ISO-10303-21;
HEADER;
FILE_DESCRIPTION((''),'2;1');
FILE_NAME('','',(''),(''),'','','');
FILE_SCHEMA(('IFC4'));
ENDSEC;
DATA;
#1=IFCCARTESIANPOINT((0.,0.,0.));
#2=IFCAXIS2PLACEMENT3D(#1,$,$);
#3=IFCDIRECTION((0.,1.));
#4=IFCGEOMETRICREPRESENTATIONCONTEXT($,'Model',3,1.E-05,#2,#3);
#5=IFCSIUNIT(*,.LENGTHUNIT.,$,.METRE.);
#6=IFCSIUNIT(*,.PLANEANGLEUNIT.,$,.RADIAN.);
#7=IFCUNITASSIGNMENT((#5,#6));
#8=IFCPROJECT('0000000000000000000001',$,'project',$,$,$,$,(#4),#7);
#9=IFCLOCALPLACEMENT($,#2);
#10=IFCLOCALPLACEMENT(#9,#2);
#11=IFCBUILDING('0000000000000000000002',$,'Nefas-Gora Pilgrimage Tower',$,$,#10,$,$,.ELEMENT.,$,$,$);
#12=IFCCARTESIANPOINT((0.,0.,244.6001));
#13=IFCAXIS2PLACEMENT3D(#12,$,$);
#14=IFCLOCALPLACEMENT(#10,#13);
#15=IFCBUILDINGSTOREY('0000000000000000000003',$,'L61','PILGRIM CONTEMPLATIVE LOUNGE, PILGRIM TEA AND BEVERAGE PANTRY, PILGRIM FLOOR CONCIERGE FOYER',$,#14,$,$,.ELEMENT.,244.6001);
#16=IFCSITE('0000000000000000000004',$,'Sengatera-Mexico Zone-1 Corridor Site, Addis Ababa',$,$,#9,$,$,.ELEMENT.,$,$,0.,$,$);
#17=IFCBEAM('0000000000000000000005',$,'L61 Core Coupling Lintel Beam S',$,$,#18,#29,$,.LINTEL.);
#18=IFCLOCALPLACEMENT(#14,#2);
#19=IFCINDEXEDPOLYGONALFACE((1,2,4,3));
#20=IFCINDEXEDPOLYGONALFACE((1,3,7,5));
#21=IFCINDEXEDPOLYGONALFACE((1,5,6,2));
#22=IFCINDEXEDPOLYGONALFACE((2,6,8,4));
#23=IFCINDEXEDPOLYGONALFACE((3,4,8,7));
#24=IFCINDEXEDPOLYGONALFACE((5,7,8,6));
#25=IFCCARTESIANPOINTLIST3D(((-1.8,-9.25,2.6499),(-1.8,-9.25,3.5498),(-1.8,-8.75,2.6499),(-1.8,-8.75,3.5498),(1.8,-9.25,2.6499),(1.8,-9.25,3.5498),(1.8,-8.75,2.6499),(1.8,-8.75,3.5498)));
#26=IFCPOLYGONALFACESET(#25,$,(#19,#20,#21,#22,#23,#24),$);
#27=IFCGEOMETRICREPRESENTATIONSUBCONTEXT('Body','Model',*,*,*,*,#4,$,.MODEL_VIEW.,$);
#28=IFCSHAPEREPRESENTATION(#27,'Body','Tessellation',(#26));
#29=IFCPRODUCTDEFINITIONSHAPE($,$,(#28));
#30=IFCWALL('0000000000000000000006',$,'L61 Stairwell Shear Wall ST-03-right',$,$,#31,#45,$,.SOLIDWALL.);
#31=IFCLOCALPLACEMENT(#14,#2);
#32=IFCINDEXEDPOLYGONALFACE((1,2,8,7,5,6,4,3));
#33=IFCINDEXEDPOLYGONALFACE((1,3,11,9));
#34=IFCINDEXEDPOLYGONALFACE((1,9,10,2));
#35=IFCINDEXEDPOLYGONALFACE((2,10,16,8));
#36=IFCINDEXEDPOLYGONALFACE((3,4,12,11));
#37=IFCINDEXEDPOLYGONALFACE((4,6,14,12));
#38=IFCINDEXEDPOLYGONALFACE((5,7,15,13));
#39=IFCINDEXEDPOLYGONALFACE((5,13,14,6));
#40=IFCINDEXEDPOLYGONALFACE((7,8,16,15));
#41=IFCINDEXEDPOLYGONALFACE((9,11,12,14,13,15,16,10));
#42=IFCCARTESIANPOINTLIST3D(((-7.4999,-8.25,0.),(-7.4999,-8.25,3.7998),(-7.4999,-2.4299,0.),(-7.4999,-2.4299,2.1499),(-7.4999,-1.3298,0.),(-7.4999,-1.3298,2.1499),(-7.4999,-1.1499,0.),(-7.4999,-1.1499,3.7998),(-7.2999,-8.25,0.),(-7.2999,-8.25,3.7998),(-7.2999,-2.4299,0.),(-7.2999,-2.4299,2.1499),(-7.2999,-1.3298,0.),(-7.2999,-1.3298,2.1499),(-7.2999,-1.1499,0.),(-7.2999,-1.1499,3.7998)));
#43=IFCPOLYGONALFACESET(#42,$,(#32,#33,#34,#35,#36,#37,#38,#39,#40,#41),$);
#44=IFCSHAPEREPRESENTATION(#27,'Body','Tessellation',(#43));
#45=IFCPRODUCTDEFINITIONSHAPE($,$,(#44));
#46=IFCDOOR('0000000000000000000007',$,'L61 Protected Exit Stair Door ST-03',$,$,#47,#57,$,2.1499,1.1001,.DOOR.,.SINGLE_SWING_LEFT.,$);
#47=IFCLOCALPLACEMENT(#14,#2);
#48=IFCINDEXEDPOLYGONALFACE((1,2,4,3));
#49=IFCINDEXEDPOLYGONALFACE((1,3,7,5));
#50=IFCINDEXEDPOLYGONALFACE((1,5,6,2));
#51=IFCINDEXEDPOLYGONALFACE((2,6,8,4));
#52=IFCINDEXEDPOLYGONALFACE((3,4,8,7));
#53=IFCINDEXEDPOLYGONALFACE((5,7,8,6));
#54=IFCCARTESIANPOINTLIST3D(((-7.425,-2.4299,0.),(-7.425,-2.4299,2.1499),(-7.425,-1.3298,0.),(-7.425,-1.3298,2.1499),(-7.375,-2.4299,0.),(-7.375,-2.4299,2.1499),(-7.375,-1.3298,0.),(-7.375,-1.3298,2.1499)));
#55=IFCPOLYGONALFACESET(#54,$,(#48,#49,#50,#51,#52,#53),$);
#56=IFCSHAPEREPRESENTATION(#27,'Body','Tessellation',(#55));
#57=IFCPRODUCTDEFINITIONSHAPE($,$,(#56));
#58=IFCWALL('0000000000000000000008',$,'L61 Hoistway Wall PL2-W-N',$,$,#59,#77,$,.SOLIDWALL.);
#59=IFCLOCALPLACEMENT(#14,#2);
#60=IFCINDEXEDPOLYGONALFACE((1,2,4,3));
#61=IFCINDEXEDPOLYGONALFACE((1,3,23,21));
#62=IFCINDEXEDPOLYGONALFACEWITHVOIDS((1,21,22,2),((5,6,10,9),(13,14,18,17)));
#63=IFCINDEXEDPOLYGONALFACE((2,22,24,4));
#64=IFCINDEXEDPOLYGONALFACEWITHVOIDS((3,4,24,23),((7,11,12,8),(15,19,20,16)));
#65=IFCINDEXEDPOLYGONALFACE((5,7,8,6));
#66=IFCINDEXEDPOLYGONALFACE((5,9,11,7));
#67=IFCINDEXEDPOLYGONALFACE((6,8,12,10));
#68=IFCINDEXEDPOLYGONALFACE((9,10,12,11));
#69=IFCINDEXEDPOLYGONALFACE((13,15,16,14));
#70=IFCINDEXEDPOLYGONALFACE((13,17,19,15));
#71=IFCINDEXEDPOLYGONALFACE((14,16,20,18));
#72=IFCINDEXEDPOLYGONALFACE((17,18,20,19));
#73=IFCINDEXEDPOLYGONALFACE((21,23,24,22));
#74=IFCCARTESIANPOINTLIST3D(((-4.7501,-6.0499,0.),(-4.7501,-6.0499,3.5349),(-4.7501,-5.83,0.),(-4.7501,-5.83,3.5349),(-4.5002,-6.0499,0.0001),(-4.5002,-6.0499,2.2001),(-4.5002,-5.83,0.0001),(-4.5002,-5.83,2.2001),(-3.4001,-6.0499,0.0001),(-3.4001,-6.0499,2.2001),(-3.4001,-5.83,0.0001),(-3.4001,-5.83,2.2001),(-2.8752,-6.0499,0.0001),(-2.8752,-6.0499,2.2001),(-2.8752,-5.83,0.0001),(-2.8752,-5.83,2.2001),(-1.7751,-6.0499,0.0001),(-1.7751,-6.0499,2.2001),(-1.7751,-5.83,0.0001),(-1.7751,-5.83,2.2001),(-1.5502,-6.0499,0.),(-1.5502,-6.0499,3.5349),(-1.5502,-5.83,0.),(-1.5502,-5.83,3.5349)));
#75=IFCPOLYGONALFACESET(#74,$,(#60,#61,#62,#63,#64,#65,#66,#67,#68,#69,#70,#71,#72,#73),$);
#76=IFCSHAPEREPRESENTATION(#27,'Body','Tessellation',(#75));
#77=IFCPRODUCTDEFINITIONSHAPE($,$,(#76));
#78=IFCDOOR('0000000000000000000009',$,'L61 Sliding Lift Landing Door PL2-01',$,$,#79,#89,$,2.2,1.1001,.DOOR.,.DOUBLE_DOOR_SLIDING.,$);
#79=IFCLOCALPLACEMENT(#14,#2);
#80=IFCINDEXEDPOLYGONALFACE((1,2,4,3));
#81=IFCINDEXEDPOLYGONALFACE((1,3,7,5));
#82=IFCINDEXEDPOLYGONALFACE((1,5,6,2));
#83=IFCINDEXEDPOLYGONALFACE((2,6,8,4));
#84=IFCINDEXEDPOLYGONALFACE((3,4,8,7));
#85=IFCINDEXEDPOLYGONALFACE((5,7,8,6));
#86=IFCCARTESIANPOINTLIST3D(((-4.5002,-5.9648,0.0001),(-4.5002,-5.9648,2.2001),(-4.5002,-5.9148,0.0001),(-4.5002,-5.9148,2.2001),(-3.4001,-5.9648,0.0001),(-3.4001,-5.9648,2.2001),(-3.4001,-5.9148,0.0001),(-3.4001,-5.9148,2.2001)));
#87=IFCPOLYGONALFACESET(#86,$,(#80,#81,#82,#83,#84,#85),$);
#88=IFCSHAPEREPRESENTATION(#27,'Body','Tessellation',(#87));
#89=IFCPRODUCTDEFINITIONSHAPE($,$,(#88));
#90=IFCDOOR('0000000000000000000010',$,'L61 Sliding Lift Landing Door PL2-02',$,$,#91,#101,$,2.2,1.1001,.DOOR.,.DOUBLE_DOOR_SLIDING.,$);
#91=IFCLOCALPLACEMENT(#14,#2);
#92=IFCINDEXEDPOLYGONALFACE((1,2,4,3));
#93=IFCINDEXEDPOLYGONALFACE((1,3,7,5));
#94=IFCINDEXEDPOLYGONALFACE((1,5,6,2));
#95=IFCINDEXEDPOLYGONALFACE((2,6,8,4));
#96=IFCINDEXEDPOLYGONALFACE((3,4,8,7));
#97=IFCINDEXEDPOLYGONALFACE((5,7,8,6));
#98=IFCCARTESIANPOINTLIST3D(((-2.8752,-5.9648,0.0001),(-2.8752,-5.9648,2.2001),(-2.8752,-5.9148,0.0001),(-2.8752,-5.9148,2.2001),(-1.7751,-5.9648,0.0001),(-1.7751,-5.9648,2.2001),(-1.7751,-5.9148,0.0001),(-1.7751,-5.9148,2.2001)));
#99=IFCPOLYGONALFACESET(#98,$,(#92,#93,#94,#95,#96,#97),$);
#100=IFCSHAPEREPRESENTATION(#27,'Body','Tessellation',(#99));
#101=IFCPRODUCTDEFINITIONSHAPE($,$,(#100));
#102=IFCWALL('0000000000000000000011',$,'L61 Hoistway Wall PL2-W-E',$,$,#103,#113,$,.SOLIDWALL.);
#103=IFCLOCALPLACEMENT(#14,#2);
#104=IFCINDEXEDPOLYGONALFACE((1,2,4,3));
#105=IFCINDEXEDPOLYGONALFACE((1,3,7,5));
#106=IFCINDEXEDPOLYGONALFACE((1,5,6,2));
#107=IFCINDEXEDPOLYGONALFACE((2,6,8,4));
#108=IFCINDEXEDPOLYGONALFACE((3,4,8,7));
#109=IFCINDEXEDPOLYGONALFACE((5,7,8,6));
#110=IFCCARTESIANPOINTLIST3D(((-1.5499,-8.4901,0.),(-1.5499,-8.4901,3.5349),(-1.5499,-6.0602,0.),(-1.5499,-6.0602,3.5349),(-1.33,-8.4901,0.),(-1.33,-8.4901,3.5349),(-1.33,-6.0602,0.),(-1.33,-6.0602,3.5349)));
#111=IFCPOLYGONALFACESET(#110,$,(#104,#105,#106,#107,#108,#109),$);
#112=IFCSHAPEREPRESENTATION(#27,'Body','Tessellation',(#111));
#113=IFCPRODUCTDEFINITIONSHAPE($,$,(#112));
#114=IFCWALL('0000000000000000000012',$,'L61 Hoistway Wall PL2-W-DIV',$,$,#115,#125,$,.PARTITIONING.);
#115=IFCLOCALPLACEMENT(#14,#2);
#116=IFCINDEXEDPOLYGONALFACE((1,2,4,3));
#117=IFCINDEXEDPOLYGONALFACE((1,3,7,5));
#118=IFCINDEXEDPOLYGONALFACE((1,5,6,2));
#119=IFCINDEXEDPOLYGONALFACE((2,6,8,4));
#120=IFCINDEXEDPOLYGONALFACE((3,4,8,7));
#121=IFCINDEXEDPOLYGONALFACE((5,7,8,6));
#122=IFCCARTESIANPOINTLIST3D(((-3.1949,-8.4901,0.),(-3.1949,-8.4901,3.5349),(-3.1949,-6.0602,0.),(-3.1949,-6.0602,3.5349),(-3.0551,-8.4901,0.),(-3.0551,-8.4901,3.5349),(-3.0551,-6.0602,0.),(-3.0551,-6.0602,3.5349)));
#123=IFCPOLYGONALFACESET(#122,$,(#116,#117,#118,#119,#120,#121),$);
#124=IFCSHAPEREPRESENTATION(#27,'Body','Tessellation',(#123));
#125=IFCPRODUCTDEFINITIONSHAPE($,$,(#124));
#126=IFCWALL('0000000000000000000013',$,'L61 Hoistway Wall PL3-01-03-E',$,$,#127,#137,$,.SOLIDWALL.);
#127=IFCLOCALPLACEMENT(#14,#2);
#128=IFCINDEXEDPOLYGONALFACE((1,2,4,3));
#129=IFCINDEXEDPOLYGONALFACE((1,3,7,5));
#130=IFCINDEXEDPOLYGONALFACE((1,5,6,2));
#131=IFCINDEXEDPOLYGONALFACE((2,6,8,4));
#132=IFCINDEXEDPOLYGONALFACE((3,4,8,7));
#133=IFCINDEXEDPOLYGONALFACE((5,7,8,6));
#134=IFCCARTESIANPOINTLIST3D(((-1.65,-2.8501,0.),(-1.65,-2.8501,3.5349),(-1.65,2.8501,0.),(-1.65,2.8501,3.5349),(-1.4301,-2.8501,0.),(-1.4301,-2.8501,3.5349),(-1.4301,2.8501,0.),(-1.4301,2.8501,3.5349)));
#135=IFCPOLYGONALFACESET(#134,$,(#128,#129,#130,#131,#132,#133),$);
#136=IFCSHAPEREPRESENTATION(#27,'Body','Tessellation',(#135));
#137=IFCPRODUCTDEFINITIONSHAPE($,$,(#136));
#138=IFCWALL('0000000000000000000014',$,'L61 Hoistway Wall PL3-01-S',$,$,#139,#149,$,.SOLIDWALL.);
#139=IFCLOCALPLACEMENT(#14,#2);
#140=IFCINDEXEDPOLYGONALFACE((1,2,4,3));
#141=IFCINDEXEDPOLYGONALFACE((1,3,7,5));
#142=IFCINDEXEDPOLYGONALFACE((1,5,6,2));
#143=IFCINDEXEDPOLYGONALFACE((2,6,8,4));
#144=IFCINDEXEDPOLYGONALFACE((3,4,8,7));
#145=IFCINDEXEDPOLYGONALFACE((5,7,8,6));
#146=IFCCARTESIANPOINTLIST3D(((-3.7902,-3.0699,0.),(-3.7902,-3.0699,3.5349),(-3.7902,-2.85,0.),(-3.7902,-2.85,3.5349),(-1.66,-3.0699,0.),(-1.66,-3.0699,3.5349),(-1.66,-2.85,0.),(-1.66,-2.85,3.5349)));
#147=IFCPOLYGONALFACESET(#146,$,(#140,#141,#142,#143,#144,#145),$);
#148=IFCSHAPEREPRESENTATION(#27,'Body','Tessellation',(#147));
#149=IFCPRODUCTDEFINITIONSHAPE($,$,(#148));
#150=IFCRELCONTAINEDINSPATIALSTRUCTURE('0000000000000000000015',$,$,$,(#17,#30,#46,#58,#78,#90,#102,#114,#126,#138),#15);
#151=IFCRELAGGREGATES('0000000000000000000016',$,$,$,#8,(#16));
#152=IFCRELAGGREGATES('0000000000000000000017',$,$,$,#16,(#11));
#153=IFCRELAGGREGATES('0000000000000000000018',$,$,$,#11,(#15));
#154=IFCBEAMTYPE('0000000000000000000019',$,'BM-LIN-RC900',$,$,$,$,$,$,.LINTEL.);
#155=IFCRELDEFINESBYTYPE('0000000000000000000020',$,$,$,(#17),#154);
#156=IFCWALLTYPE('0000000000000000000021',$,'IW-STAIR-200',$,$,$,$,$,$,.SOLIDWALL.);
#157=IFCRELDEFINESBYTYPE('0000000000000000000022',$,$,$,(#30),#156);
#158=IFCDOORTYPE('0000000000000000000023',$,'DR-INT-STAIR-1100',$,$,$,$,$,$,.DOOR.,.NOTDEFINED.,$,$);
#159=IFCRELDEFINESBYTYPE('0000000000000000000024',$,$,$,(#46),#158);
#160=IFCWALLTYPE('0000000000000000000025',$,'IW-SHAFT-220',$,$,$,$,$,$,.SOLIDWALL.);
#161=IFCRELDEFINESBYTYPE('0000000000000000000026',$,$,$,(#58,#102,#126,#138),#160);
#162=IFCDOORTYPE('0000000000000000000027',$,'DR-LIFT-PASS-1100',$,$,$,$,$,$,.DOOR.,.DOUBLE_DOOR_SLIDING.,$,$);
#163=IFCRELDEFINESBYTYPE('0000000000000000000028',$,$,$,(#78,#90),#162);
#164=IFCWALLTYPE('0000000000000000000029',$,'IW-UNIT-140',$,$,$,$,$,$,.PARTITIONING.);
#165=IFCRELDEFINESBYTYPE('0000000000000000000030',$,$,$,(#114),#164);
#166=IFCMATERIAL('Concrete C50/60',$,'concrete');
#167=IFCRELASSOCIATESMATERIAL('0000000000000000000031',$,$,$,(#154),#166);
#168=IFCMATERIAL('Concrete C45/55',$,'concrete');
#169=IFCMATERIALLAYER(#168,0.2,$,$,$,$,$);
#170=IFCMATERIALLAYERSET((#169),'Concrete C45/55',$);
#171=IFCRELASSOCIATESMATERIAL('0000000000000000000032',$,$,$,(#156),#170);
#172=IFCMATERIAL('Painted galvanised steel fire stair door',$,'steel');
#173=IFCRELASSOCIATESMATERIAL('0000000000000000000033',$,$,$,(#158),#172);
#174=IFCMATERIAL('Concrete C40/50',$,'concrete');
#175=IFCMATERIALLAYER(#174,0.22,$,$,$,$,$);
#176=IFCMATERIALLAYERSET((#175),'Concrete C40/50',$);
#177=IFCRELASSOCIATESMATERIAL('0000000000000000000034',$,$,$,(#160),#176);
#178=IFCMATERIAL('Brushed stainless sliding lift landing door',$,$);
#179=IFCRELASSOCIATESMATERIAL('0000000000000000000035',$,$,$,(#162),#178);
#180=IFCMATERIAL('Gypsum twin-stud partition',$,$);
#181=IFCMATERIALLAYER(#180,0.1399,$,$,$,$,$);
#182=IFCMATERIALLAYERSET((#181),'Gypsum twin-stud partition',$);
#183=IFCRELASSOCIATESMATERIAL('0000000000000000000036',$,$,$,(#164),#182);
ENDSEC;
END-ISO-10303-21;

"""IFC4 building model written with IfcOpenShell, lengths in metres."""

from ifc_helpers import new_model, si_unit, direction, frame, frame_2d, origin, origin_2d, place, context, subcontext, project, spatial, rectangle, extrude, source, transform, mapped, material, layer, layer_set, material_profile, profile_set, type_object, element, fill, save


model = new_model("IFC4")

# Units and contexts
model_context = context("Model", 3, precision=1e-05, world=origin(), true_north=direction((0.0, 1.0)))
body_context = subcontext(model_context, "Body", "Model", "MODEL_VIEW")
ifc_project = project(units=[si_unit("LENGTHUNIT", "METRE"), si_unit("PLANEANGLEUNIT", "RADIAN")], contexts=[model_context])

# Site, building, storey
site_placement = place(None, origin())
site = spatial("IfcSite", under=ifc_project, at=site_placement, Name="Sengatera-Mexico Zone-1 Corridor Site, Addis Ababa", CompositionType="ELEMENT", RefElevation=0.0)
building_placement = place(site_placement, origin())
building = spatial("IfcBuilding", under=site, at=building_placement, Name="Nefas-Gora Pilgrimage Tower", CompositionType="ELEMENT")
storey_placement = place(building_placement, frame((0.0, 0.0, 244.6001)))
storey = spatial("IfcBuildingStorey", under=building, at=storey_placement, Name="L61", Description="PILGRIM CONTEMPLATIVE LOUNGE, PILGRIM TEA AND BEVERAGE PANTRY, PILGRIM FLOOR CONCIERGE FOYER", CompositionType="ELEMENT", Elevation=244.6001)

# Beam
ifc_material_1 = material(Name="Concrete C50/60", Category="concrete")
ifc_material_profile = material_profile(ifc_material_1, rectangle(XDim=0.5, YDim=0.8999, at=origin_2d()), Name="RC 500x900")
ifc_profile_set = profile_set([ifc_material_profile], Name="Concrete C50/60")
beam_type = type_object("IfcBeamType", Name="BM-LIN-RC900", PredefinedType="LINTEL", material=ifc_profile_set)
shared_shape_1 = source(origin(), body_context, "Body", "SweptSolid", [
    extrude(rectangle(XDim=0.5, YDim=0.8999, at=origin_2d()), origin(), (0.0, 0.0, 1.0), 3.6001),
])
beam_placement = place(storey_placement, frame((-1.8, -9.0, 3.0999), z_axis=(1.0, 0.0, 0.0), x_axis=(0.0, 1.0, 0.0)))
element("IfcBeam", 1, at=beam_placement, inside=storey, type_object=beam_type, Name="L61 Core Coupling Lintel Beam S", PredefinedType="LINTEL", context=body_context, shape_type="MappedRepresentation", body=[
    mapped(shared_shape_1, transform((0.0, 0.0, 0.0), x_axis=(1.0, 0.0, 0.0), y_axis=(0.0, 1.0, 0.0), z_axis=(0.0, 0.0, 1.0), scale=1.0)),
])

# Wall, opening, door
ifc_material_2 = material(Name="Concrete C45/55", Category="concrete")
ifc_layer_1 = layer(ifc_material_2, 0.2)
ifc_layer_set_1 = layer_set([ifc_layer_1], Name="Concrete C45/55")
wall_type_1 = type_object("IfcWallType", Name="IW-STAIR-200", PredefinedType="SOLIDWALL", material=ifc_layer_set_1)
shared_shape_2 = source(origin(), body_context, "Body", "SweptSolid", [
    extrude(rectangle(XDim=7.1001, YDim=0.2, at=frame_2d((3.55, 0.0))), origin(), (0.0, 0.0, 1.0), 3.7998),
])
wall_1_placement = place(storey_placement, frame((-7.3999, -1.1499, 0.0), z_axis=(0.0, 0.0, 1.0), x_axis=(0.0, -1.0, 0.0)))
wall_1 = element("IfcWall", 2, at=wall_1_placement, inside=storey, type_object=wall_type_1, Name="L61 Stairwell Shear Wall ST-03-right", PredefinedType="SOLIDWALL", context=body_context, shape_type="MappedRepresentation", body=[
    mapped(shared_shape_2, transform((0.0, 0.0, 0.0), x_axis=(1.0, 0.0, 0.0), y_axis=(0.0, 1.0, 0.0), z_axis=(0.0, 0.0, 1.0), scale=1.0)),
])
opening_1_placement = place(wall_1_placement, frame((0.1799, 0.0, 0.0)))
opening_1 = element("IfcOpeningElement", 3, at=opening_1_placement, cuts=wall_1, PredefinedType="OPENING", context=body_context, shape_type="SweptSolid", body=[
    extrude(rectangle(XDim=1.1001, YDim=2.1499, at=frame_2d((0.55, 1.075))), frame((0.0, 0.1099, 0.0), z_axis=(0.0, -1.0, 0.0), x_axis=(1.0, 0.0, 0.0)), (0.0, 0.0, 1.0), 0.22),
])
ifc_material_3 = material(Name="Painted galvanised steel fire stair door", Category="steel")
door_type_1 = type_object("IfcDoorType", Name="DR-INT-STAIR-1100", OperationType="NOTDEFINED", PredefinedType="DOOR", material=ifc_material_3)
shared_shape_3 = source(origin(), body_context, "Body", "SweptSolid", [
    extrude(rectangle(XDim=1.1001, YDim=2.1499, at=frame_2d((0.55, 1.075))), frame((0.0, 0.0249, 0.0), z_axis=(0.0, -1.0, 0.0), x_axis=(1.0, 0.0, 0.0)), (0.0, 0.0, 1.0), 0.05),
])
door_1_placement = place(opening_1_placement, origin())
door_1 = element("IfcDoor", 4, at=door_1_placement, inside=storey, type_object=door_type_1, Name="L61 Protected Exit Stair Door ST-03", OperationType="SINGLE_SWING_LEFT", OverallHeight=2.1499, OverallWidth=1.1001, PredefinedType="DOOR", context=body_context, shape_type="MappedRepresentation", body=[
    mapped(shared_shape_3, transform((0.0, 0.0, 0.0), x_axis=(1.0, 0.0, 0.0), y_axis=(0.0, 1.0, 0.0), z_axis=(0.0, 0.0, 1.0), scale=1.0)),
])
fill(opening_1, door_1)

# Wall, openings, doors
ifc_material_4 = material(Name="Concrete C40/50", Category="concrete")
ifc_layer_2 = layer(ifc_material_4, 0.22)
ifc_layer_set_2 = layer_set([ifc_layer_2], Name="Concrete C40/50")
wall_type_2 = type_object("IfcWallType", Name="IW-SHAFT-220", PredefinedType="SOLIDWALL", material=ifc_layer_set_2)
shared_shape_4 = source(origin(), body_context, "Body", "SweptSolid", [
    extrude(rectangle(XDim=3.2, YDim=0.22, at=frame_2d((1.6001, 0.0))), origin(), (0.0, 0.0, 1.0), 3.5349),
])
wall_2_placement = place(storey_placement, frame((-1.55, -5.9399, 0.0), z_axis=(0.0, 0.0, 1.0), x_axis=(-1.0, 0.0, 0.0)))
wall_2 = element("IfcWall", 5, at=wall_2_placement, inside=storey, type_object=wall_type_2, Name="L61 Hoistway Wall PL2-W-N", PredefinedType="SOLIDWALL", context=body_context, shape_type="MappedRepresentation", body=[
    mapped(shared_shape_4, transform((0.0, 0.0, 0.0), x_axis=(1.0, 0.0, 0.0), y_axis=(0.0, 1.0, 0.0), z_axis=(0.0, 0.0, 1.0), scale=1.0)),
])
opening_2_placement = place(wall_2_placement, frame((1.8501, 0.0, 0.0)))
opening_2 = element("IfcOpeningElement", 6, at=opening_2_placement, cuts=wall_2, PredefinedType="OPENING", context=body_context, shape_type="SweptSolid", body=[
    extrude(rectangle(XDim=1.1001, YDim=2.2, at=frame_2d((0.55, 1.1001))), frame((0.0, 0.1199, 0.0), z_axis=(0.0, -1.0, 0.0), x_axis=(1.0, 0.0, 0.0)), (0.0, 0.0, 1.0), 0.24),
])
opening_3_placement = place(wall_2_placement, frame((0.2251, 0.0, 0.0)))
opening_3 = element("IfcOpeningElement", 7, at=opening_3_placement, cuts=wall_2, PredefinedType="OPENING", context=body_context, shape_type="SweptSolid", body=[
    extrude(rectangle(XDim=1.1001, YDim=2.2, at=frame_2d((0.55, 1.1001))), frame((0.0, 0.1199, 0.0), z_axis=(0.0, -1.0, 0.0), x_axis=(1.0, 0.0, 0.0)), (0.0, 0.0, 1.0), 0.24),
])
ifc_material_5 = material(Name="Brushed stainless sliding lift landing door")
door_type_2 = type_object("IfcDoorType", Name="DR-LIFT-PASS-1100", OperationType="DOUBLE_DOOR_SLIDING", PredefinedType="DOOR", material=ifc_material_5)
shared_shape_5 = source(origin(), body_context, "Body", "SweptSolid", [
    extrude(rectangle(XDim=1.1001, YDim=2.2, at=frame_2d((0.55, 1.1001))), frame((0.0, 0.0249, 0.0), z_axis=(0.0, -1.0, 0.0), x_axis=(1.0, 0.0, 0.0)), (0.0, 0.0, 1.0), 0.05),
])
door_2_placement = place(opening_2_placement, origin())
door_2 = element("IfcDoor", 8, at=door_2_placement, inside=storey, type_object=door_type_2, Name="L61 Sliding Lift Landing Door PL2-01", OperationType="DOUBLE_DOOR_SLIDING", OverallHeight=2.2, OverallWidth=1.1001, PredefinedType="DOOR", context=body_context, shape_type="MappedRepresentation", body=[
    mapped(shared_shape_5, transform((0.0, 0.0, 0.0), x_axis=(1.0, 0.0, 0.0), y_axis=(0.0, 1.0, 0.0), z_axis=(0.0, 0.0, 1.0), scale=1.0)),
])
fill(opening_2, door_2)
door_3_placement = place(opening_3_placement, origin())
door_3 = element("IfcDoor", 9, at=door_3_placement, inside=storey, type_object=door_type_2, Name="L61 Sliding Lift Landing Door PL2-02", OperationType="DOUBLE_DOOR_SLIDING", OverallHeight=2.2, OverallWidth=1.1001, PredefinedType="DOOR", context=body_context, shape_type="MappedRepresentation", body=[
    mapped(shared_shape_5, transform((0.0, 0.0, 0.0), x_axis=(1.0, 0.0, 0.0), y_axis=(0.0, 1.0, 0.0), z_axis=(0.0, 0.0, 1.0), scale=1.0)),
])
fill(opening_3, door_3)

# Walls
shared_shape_6 = source(origin(), body_context, "Body", "SweptSolid", [
    extrude(rectangle(XDim=2.4299, YDim=0.22, at=frame_2d((1.2148, 0.0))), origin(), (0.0, 0.0, 1.0), 3.5349),
])
for number, where, z_axis, x_axis, name in (
    (10, (-1.4399, -8.49, 0.0), (0.0, 0.0, 1.0), (0.0, 1.0, 0.0), "L61 Hoistway Wall PL2-W-E"),
):
    element("IfcWall", number, at=place(storey_placement, frame(where, z_axis=z_axis, x_axis=x_axis)), inside=storey, type_object=wall_type_2, Name=name, PredefinedType="SOLIDWALL", context=body_context, shape_type="MappedRepresentation", body=[
        mapped(shared_shape_6, transform((0.0, 0.0, 0.0), x_axis=(1.0, 0.0, 0.0), y_axis=(0.0, 1.0, 0.0), z_axis=(0.0, 0.0, 1.0), scale=1.0)),
    ])
ifc_material_6 = material(Name="Gypsum twin-stud partition")
ifc_layer_3 = layer(ifc_material_6, 0.1399)
ifc_layer_set_3 = layer_set([ifc_layer_3], Name="Gypsum twin-stud partition")
wall_type_3 = type_object("IfcWallType", Name="IW-UNIT-140", PredefinedType="PARTITIONING", material=ifc_layer_set_3)
shared_shape_7 = source(origin(), body_context, "Body", "SweptSolid", [
    extrude(rectangle(XDim=2.4299, YDim=0.1399, at=frame_2d((1.2148, 0.0))), origin(), (0.0, 0.0, 1.0), 3.5349),
])
wall_3_placement = place(storey_placement, frame((-3.125, -8.49, 0.0), z_axis=(0.0, 0.0, 1.0), x_axis=(0.0, 1.0, 0.0)))
element("IfcWall", 11, at=wall_3_placement, inside=storey, type_object=wall_type_3, Name="L61 Hoistway Wall PL2-W-DIV", PredefinedType="PARTITIONING", context=body_context, shape_type="MappedRepresentation", body=[
    mapped(shared_shape_7, transform((0.0, 0.0, 0.0), x_axis=(1.0, 0.0, 0.0), y_axis=(0.0, 1.0, 0.0), z_axis=(0.0, 0.0, 1.0), scale=1.0)),
])
shared_shape_8 = source(origin(), body_context, "Body", "SweptSolid", [
    extrude(rectangle(XDim=5.7002, YDim=0.22, at=frame_2d((2.8501, 0.0))), origin(), (0.0, 0.0, 1.0), 3.5349),
])
wall_4_placement = place(storey_placement, frame((-1.54, -2.8501, 0.0), z_axis=(0.0, 0.0, 1.0), x_axis=(0.0, 1.0, 0.0)))
element("IfcWall", 12, at=wall_4_placement, inside=storey, type_object=wall_type_2, Name="L61 Hoistway Wall PL3-01-03-E", PredefinedType="SOLIDWALL", context=body_context, shape_type="MappedRepresentation", body=[
    mapped(shared_shape_8, transform((0.0, 0.0, 0.0), x_axis=(1.0, 0.0, 0.0), y_axis=(0.0, 1.0, 0.0), z_axis=(0.0, 0.0, 1.0), scale=1.0)),
])
shared_shape_9 = source(origin(), body_context, "Body", "SweptSolid", [
    extrude(rectangle(XDim=2.1301, YDim=0.22, at=frame_2d((1.0649, 0.0))), origin(), (0.0, 0.0, 1.0), 3.5349),
])
wall_5_placement = place(storey_placement, frame((-3.79, -2.96, 0.0), z_axis=(0.0, 0.0, 1.0), x_axis=(1.0, 0.0, 0.0)))
element("IfcWall", 13, at=wall_5_placement, inside=storey, type_object=wall_type_2, Name="L61 Hoistway Wall PL3-01-S", PredefinedType="SOLIDWALL", context=body_context, shape_type="MappedRepresentation", body=[
    mapped(shared_shape_9, transform((0.0, 0.0, 0.0), x_axis=(1.0, 0.0, 0.0), y_axis=(0.0, 1.0, 0.0), z_axis=(0.0, 0.0, 1.0), scale=1.0)),
])

save(model, "model.ifc")
